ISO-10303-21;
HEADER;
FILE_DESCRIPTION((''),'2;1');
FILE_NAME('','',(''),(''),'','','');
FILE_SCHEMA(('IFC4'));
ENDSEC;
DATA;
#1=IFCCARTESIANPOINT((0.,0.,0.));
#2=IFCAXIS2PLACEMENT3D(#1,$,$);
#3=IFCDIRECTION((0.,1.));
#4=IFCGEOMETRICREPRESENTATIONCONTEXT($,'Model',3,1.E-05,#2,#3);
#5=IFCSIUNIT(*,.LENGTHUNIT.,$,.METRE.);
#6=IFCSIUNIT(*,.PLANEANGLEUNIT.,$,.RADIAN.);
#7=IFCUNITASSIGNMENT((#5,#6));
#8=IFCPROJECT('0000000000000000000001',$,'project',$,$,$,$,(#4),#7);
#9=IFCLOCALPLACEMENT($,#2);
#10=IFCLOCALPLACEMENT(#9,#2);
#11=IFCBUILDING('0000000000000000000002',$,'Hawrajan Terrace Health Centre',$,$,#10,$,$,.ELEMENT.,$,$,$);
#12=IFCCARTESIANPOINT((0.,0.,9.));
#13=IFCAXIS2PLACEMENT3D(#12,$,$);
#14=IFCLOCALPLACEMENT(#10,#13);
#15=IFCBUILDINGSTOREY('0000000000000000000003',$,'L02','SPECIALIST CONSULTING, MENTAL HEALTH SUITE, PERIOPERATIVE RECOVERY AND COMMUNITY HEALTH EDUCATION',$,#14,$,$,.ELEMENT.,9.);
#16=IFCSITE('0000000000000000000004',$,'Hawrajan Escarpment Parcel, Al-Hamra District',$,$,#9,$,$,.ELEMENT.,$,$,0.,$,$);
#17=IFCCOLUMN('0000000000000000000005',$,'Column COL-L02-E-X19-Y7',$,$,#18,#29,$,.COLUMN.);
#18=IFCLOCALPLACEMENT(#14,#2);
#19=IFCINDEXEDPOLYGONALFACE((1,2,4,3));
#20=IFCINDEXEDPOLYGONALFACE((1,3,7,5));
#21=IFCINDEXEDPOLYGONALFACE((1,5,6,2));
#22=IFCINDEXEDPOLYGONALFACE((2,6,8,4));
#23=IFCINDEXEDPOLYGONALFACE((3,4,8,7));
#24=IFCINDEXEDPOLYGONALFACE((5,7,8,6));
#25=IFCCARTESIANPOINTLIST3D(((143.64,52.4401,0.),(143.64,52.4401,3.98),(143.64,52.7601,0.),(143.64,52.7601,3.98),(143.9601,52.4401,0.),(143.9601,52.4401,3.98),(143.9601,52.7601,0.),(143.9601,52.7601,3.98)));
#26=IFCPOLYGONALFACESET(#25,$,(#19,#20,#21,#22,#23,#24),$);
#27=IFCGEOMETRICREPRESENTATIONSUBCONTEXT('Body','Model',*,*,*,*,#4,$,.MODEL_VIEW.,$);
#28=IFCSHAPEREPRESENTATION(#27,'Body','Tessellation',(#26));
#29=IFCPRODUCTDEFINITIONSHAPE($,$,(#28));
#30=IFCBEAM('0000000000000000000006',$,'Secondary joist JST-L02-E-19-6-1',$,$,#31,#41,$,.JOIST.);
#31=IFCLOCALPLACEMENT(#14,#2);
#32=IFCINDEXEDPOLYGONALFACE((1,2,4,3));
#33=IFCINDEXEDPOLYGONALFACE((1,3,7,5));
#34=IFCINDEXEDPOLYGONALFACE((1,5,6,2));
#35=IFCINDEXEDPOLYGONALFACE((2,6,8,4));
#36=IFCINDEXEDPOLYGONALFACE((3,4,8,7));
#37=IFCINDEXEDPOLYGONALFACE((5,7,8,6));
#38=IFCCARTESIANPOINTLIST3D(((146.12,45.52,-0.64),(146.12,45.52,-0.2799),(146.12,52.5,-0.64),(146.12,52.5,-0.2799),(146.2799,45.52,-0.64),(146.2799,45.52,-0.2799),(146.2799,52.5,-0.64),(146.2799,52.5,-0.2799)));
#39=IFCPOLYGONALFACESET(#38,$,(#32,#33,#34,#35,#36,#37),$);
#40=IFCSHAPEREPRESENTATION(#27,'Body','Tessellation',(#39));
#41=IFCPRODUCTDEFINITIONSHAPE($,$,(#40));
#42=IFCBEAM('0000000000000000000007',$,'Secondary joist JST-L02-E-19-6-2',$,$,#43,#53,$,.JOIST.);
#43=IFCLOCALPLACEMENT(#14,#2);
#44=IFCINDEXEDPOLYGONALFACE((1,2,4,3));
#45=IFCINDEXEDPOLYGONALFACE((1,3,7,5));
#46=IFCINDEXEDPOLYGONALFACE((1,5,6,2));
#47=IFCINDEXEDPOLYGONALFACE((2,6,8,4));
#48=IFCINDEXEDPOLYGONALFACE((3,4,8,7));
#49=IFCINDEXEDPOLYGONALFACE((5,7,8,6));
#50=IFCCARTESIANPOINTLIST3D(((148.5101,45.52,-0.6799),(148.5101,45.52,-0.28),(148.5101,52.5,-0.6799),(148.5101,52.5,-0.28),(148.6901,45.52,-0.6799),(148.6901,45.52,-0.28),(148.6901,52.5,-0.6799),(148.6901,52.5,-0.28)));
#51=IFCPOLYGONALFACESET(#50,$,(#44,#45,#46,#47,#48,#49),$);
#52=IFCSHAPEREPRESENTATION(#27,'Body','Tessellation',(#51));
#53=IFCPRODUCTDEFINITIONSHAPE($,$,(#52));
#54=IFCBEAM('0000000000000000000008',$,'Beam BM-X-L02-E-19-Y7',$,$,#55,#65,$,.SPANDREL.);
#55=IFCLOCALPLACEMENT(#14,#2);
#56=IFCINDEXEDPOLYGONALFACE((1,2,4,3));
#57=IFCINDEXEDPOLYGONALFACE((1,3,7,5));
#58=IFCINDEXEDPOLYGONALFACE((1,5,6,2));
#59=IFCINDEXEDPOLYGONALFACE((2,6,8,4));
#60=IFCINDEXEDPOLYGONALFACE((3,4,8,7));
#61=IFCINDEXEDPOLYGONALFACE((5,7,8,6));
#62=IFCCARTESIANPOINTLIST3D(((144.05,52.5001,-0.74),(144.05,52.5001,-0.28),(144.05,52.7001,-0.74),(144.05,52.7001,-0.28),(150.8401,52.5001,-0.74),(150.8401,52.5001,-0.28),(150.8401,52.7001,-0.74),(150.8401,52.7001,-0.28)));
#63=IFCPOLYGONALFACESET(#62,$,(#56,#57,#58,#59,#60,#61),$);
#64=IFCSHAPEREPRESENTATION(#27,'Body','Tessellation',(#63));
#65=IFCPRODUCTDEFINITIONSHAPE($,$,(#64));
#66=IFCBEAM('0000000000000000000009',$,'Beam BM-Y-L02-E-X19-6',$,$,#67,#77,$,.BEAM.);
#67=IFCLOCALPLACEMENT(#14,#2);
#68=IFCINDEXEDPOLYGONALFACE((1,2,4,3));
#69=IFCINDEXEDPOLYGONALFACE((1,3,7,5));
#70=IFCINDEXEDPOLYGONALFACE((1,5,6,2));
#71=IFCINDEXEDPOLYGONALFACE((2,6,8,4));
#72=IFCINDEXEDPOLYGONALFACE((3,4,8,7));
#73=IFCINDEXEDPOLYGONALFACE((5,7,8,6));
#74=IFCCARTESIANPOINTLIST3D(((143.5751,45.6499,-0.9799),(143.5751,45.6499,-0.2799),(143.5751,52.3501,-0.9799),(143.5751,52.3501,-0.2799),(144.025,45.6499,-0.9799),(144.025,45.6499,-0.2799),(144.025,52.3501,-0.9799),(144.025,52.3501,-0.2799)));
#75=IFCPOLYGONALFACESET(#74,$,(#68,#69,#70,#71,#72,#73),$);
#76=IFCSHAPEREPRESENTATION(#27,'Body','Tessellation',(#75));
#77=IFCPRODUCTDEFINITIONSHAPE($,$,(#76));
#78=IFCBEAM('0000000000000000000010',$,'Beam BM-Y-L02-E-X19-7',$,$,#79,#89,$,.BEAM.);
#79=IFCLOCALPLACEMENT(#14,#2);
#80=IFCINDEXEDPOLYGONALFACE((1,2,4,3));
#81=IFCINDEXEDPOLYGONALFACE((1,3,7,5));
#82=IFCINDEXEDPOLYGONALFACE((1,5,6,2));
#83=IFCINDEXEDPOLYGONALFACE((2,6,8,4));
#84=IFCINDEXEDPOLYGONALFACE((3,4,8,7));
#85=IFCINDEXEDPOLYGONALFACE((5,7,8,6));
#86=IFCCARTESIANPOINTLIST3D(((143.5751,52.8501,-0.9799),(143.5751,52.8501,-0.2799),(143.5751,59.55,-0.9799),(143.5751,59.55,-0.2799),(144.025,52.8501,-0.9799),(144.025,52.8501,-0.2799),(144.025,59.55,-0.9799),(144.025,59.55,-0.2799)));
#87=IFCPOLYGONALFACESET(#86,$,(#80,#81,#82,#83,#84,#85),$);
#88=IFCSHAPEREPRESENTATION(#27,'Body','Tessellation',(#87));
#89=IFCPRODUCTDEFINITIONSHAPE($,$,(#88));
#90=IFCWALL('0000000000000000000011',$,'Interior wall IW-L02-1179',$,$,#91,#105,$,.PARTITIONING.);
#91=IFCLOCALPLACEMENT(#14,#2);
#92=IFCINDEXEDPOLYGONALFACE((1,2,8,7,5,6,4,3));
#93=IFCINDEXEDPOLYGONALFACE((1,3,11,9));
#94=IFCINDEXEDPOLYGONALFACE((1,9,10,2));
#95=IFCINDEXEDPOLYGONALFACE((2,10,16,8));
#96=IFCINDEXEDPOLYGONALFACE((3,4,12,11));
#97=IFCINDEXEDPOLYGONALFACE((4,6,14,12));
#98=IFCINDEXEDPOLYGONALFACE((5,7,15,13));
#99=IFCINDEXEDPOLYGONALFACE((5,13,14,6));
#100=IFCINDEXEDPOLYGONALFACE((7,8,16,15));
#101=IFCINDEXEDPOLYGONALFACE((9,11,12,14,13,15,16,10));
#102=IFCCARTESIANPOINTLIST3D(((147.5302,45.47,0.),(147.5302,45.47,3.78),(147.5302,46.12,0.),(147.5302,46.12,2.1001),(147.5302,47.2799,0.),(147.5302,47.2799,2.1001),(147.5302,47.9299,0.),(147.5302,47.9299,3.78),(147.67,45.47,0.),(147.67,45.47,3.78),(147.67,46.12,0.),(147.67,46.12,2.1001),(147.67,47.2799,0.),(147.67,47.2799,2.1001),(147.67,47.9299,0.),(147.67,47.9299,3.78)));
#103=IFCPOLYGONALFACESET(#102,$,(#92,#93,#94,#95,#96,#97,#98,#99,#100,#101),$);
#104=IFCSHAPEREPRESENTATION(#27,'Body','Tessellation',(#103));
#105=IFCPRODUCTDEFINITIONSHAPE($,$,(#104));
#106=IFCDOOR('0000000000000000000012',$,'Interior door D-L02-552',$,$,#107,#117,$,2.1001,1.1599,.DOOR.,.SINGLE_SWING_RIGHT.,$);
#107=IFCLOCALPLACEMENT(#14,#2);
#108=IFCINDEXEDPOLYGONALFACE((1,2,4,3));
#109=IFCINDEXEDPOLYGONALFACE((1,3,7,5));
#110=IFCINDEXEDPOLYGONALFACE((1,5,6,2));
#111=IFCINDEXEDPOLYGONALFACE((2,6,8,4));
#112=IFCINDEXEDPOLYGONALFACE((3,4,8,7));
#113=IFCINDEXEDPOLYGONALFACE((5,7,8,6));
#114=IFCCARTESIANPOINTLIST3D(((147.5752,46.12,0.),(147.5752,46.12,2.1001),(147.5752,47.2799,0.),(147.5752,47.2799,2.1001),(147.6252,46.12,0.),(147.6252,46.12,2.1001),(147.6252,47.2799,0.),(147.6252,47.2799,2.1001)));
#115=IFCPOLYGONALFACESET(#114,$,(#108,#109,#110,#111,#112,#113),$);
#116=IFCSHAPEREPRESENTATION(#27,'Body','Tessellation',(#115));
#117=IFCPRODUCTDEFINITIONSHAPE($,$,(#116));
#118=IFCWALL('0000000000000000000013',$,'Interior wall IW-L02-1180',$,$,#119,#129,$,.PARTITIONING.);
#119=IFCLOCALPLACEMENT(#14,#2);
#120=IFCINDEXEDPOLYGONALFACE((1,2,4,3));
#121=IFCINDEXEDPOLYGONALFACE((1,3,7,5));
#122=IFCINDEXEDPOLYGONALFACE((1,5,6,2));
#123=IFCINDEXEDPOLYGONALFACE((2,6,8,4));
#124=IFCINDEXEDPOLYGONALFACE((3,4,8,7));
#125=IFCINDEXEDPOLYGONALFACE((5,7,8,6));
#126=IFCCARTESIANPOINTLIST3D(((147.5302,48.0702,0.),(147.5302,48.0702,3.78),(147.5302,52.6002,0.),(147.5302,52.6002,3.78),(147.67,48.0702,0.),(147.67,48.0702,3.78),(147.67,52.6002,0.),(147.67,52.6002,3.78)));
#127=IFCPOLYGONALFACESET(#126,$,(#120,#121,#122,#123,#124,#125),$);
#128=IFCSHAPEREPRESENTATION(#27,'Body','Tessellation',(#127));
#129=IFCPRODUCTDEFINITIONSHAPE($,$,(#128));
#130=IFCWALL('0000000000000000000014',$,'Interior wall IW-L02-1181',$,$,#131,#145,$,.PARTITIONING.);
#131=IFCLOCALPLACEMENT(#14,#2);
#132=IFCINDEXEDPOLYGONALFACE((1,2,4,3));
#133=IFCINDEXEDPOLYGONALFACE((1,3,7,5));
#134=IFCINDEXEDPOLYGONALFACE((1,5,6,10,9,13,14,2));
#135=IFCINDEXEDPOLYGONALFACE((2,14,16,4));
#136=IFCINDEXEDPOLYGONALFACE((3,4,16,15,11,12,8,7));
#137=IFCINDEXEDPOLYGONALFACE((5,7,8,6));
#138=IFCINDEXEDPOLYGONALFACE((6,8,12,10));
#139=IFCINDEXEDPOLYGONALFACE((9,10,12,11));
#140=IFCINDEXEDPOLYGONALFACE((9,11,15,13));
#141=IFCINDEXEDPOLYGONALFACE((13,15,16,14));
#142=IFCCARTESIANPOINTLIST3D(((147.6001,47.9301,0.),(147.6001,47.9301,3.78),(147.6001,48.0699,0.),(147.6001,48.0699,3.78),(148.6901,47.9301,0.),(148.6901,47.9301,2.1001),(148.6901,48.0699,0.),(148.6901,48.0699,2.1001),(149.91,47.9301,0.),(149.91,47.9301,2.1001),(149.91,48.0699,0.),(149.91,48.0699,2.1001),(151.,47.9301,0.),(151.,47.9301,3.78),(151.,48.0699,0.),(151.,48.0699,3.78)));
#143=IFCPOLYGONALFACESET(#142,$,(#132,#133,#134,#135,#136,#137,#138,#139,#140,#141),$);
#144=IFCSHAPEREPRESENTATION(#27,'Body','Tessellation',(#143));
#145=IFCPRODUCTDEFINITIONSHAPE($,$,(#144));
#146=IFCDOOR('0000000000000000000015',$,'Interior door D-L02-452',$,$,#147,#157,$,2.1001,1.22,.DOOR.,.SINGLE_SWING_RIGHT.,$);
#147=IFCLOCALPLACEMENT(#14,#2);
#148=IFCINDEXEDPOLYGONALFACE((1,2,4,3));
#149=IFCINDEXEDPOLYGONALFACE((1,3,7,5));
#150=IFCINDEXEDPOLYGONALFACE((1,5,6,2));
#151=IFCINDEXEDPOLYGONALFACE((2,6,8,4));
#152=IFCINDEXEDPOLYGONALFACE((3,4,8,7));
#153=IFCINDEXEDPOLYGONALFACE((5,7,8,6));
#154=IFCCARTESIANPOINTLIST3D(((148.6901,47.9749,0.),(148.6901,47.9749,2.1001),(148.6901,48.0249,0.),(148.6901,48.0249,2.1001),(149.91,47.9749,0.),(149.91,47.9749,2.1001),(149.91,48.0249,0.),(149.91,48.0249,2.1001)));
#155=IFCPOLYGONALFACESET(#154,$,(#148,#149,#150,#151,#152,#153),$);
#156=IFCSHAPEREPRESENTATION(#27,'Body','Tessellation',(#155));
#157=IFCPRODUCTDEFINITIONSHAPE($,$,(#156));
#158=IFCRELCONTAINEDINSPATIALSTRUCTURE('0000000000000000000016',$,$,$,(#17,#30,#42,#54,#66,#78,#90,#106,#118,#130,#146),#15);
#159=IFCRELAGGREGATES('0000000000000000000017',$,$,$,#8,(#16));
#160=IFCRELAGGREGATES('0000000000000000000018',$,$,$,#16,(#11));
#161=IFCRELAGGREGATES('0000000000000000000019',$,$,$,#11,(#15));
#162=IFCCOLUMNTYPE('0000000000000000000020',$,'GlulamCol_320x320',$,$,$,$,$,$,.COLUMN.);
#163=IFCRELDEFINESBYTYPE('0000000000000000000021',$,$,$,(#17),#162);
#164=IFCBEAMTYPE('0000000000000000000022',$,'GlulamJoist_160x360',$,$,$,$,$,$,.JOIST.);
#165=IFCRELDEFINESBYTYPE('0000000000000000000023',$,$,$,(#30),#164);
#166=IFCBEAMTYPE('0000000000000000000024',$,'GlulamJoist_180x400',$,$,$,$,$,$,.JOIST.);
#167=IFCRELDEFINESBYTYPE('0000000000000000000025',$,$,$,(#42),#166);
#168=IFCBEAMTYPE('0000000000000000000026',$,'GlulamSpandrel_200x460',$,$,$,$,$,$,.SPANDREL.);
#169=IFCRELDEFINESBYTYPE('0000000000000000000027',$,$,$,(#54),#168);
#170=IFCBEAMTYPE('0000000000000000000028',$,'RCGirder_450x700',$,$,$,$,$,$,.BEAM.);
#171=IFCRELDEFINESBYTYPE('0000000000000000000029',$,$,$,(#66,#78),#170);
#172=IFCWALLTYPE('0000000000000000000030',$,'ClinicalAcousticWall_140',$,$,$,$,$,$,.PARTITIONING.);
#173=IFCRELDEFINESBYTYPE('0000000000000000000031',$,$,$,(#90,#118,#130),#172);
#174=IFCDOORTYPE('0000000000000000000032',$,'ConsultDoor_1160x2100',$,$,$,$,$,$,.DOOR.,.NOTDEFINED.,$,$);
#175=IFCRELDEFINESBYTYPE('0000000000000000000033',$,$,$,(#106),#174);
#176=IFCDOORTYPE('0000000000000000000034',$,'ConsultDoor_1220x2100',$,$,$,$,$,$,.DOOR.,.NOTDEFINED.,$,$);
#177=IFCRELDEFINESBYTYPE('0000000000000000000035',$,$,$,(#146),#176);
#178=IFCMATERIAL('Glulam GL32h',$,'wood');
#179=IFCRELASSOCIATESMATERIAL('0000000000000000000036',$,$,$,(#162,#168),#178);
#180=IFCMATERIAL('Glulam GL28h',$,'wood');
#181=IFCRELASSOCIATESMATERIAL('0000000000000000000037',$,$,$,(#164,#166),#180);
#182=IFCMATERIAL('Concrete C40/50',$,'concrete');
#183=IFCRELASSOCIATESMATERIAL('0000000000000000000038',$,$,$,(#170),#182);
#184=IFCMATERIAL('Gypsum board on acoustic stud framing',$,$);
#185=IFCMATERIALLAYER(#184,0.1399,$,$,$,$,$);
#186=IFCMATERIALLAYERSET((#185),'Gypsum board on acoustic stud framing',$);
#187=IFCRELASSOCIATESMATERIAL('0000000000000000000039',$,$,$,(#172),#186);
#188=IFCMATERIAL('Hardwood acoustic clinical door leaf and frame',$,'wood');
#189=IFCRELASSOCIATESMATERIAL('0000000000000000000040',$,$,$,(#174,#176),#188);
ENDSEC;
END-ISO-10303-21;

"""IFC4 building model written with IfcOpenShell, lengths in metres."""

from ifc_helpers import new_model, si_unit, direction, frame, frame_2d, origin, origin_2d, place, context, subcontext, project, spatial, rectangle, extrude, material, layer, layer_set, material_profile, profile_set, type_object, element, fill, save


model = new_model("IFC4")

# Units and contexts
model_context = context("Model", 3, precision=1e-05, world=origin(), true_north=direction((0.0, 1.0)))
body_context = subcontext(model_context, "Body", "Model", "MODEL_VIEW")
ifc_project = project(units=[si_unit("LENGTHUNIT", "METRE"), si_unit("PLANEANGLEUNIT", "RADIAN")], contexts=[model_context])

# Site, building, storey
site_placement = place(None, origin())
site = spatial("IfcSite", under=ifc_project, at=site_placement, Name="Hawrajan Escarpment Parcel, Al-Hamra District", CompositionType="ELEMENT", RefElevation=0.0)
building_placement = place(site_placement, origin())
building = spatial("IfcBuilding", under=site, at=building_placement, Name="Hawrajan Terrace Health Centre", CompositionType="ELEMENT")
storey_placement = place(building_placement, frame((0.0, 0.0, 9.0)))
storey = spatial("IfcBuildingStorey", under=building, at=storey_placement, Name="L02", Description="SPECIALIST CONSULTING, MENTAL HEALTH SUITE, PERIOPERATIVE RECOVERY AND COMMUNITY HEALTH EDUCATION", CompositionType="ELEMENT", Elevation=9.0)

# Column
ifc_material_1 = material(Name="Glulam GL32h", Category="wood")
ifc_material_profile_1 = material_profile(ifc_material_1, rectangle(XDim=0.3201, YDim=0.3201, at=origin_2d()), Name="GL 320x320")
ifc_profile_set_1 = profile_set([ifc_material_profile_1], Name="Glulam GL32h")
column_type = type_object("IfcColumnType", Name="GlulamCol_320x320", PredefinedType="COLUMN", material=ifc_profile_set_1)
column_placement = place(storey_placement, frame((143.8, 52.6001, 0.0), z_axis=(0.0, 0.0, 1.0), x_axis=(1.0, 0.0, 0.0)))
element("IfcColumn", 1, at=column_placement, inside=storey, type_object=column_type, Name="Column COL-L02-E-X19-Y7", PredefinedType="COLUMN", context=body_context, shape_type="SweptSolid", body=[
    extrude(rectangle(XDim=0.3201, YDim=0.3201, at=origin_2d()), origin(), (0.0, 0.0, 1.0), 3.98),
])

# Beams
ifc_material_2 = material(Name="Glulam GL28h", Category="wood")
ifc_material_profile_2 = material_profile(ifc_material_2, rectangle(XDim=0.1599, YDim=0.3601, at=origin_2d()), Name="GL JST 160x360")
ifc_profile_set_2 = profile_set([ifc_material_profile_2], Name="Glulam GL28h")
beam_type_1 = type_object("IfcBeamType", Name="GlulamJoist_160x360", PredefinedType="JOIST", material=ifc_profile_set_2)
beam_1_placement = place(storey_placement, frame((146.2, 45.52, -0.46), z_axis=(0.0, 1.0, 0.0), x_axis=(-1.0, 0.0, 0.0)))
element("IfcBeam", 2, at=beam_1_placement, inside=storey, type_object=beam_type_1, Name="Secondary joist JST-L02-E-19-6-1", PredefinedType="JOIST", context=body_context, shape_type="SweptSolid", body=[
    extrude(rectangle(XDim=0.1599, YDim=0.3601, at=origin_2d()), origin(), (0.0, 0.0, 1.0), 6.98),
])
ifc_material_profile_3 = material_profile(ifc_material_2, rectangle(XDim=0.1799, YDim=0.3999, at=origin_2d()), Name="GL JST 180x400")
ifc_profile_set_3 = profile_set([ifc_material_profile_3], Name="Glulam GL28h")
beam_type_2 = type_object("IfcBeamType", Name="GlulamJoist_180x400", PredefinedType="JOIST", material=ifc_profile_set_3)
beam_2_placement = place(storey_placement, frame((148.6001, 45.52, -0.48), z_axis=(0.0, 1.0, 0.0), x_axis=(-1.0, 0.0, 0.0)))
element("IfcBeam", 3, at=beam_2_placement, inside=storey, type_object=beam_type_2, Name="Secondary joist JST-L02-E-19-6-2", PredefinedType="JOIST", context=body_context, shape_type="SweptSolid", body=[
    extrude(rectangle(XDim=0.1799, YDim=0.3999, at=origin_2d()), origin(), (0.0, 0.0, 1.0), 6.98),
])
ifc_material_profile_4 = material_profile(ifc_material_1, rectangle(XDim=0.2, YDim=0.46, at=origin_2d()), Name="GL SP 200x460")
ifc_profile_set_4 = profile_set([ifc_material_profile_4], Name="Glulam GL32h")
beam_type_3 = type_object("IfcBeamType", Name="GlulamSpandrel_200x460", PredefinedType="SPANDREL", material=ifc_profile_set_4)
beam_3_placement = place(storey_placement, frame((144.05, 52.6001, -0.51), z_axis=(1.0, 0.0, 0.0), x_axis=(0.0, 1.0, 0.0)))
element("IfcBeam", 4, at=beam_3_placement, inside=storey, type_object=beam_type_3, Name="Beam BM-X-L02-E-19-Y7", PredefinedType="SPANDREL", context=body_context, shape_type="SweptSolid", body=[
    extrude(rectangle(XDim=0.2, YDim=0.46, at=origin_2d()), origin(), (0.0, 0.0, 1.0), 6.79),
])
ifc_material_3 = material(Name="Concrete C40/50", Category="concrete")
ifc_material_profile_5 = material_profile(ifc_material_3, rectangle(XDim=0.45, YDim=0.7, at=origin_2d()), Name="RC BM 450x700")
ifc_profile_set_5 = profile_set([ifc_material_profile_5], Name="Concrete C40/50")
beam_type_4 = type_object("IfcBeamType", Name="RCGirder_450x700", PredefinedType="BEAM", material=ifc_profile_set_5)
beam_4_placement = place(storey_placement, frame((143.8, 45.6499, -0.6299), z_axis=(0.0, 1.0, 0.0), x_axis=(-1.0, 0.0, 0.0)))
element("IfcBeam", 5, at=beam_4_placement, inside=storey, type_object=beam_type_4, Name="Beam BM-Y-L02-E-X19-6", PredefinedType="BEAM", context=body_context, shape_type="SweptSolid", body=[
    extrude(rectangle(XDim=0.45, YDim=0.7, at=origin_2d()), origin(), (0.0, 0.0, 1.0), 6.7002),
])
beam_5_placement = place(storey_placement, frame((143.8, 52.8501, -0.6299), z_axis=(0.0, 1.0, 0.0), x_axis=(-1.0, 0.0, 0.0)))
element("IfcBeam", 6, at=beam_5_placement, inside=storey, type_object=beam_type_4, Name="Beam BM-Y-L02-E-X19-7", PredefinedType="BEAM", context=body_context, shape_type="SweptSolid", body=[
    extrude(rectangle(XDim=0.45, YDim=0.7, at=origin_2d()), origin(), (0.0, 0.0, 1.0), 6.7),
])

# Wall, opening, door
ifc_material_4 = material(Name="Gypsum board on acoustic stud framing")
ifc_layer_1 = layer(ifc_material_4, 0.1399)
ifc_layer_set_1 = layer_set([ifc_layer_1], Name="Gypsum board on acoustic stud framing")
wall_type_1 = type_object("IfcWallType", Name="ClinicalAcousticWall_140", PredefinedType="PARTITIONING", material=ifc_layer_set_1)
wall_1_placement = place(storey_placement, frame((147.6001, 45.47, 0.0), z_axis=(0.0, 0.0, 1.0), x_axis=(0.0, 1.0, 0.0)))
wall_1 = element("IfcWall", 7, at=wall_1_placement, inside=storey, type_object=wall_type_1, Name="Interior wall IW-L02-1179", PredefinedType="PARTITIONING", context=body_context, shape_type="SweptSolid", body=[
    extrude(rectangle(XDim=2.46, YDim=0.1399, at=frame_2d((1.23, 0.0))), origin(), (0.0, 0.0, 1.0), 3.78),
])
opening_1_placement = place(wall_1_placement, frame((0.6499, 0.0, 0.0)))
opening_1 = element("IfcOpeningElement", 8, at=opening_1_placement, cuts=wall_1, PredefinedType="OPENING", context=body_context, shape_type="SweptSolid", body=[
    extrude(rectangle(XDim=1.1599, YDim=2.1001, at=frame_2d((0.5801, 1.05))), frame((0.0, 0.0798, 0.0), z_axis=(0.0, -1.0, 0.0), x_axis=(1.0, 0.0, 0.0)), (0.0, 0.0, 1.0), 0.1599),
])
ifc_material_5 = material(Name="Hardwood acoustic clinical door leaf and frame", Category="wood")
door_type_1 = type_object("IfcDoorType", Name="ConsultDoor_1160x2100", OperationType="NOTDEFINED", PredefinedType="DOOR", material=ifc_material_5)
door_1_placement = place(opening_1_placement, origin())
door_1 = element("IfcDoor", 9, at=door_1_placement, inside=storey, type_object=door_type_1, Name="Interior door D-L02-552", OperationType="SINGLE_SWING_RIGHT", OverallHeight=2.1001, OverallWidth=1.1599, PredefinedType="DOOR", context=body_context, shape_type="SweptSolid", body=[
    extrude(rectangle(XDim=1.1599, YDim=2.1001, at=frame_2d((0.5801, 1.05))), frame((0.0, 0.0249, 0.0), z_axis=(0.0, -1.0, 0.0), x_axis=(1.0, 0.0, 0.0)), (0.0, 0.0, 1.0), 0.05),
])
fill(opening_1, door_1)

# Wall
wall_2_placement = place(storey_placement, frame((147.6001, 48.0701, 0.0), z_axis=(0.0, 0.0, 1.0), x_axis=(0.0, 1.0, 0.0)))
element("IfcWall", 10, at=wall_2_placement, inside=storey, type_object=wall_type_1, Name="Interior wall IW-L02-1180", PredefinedType="PARTITIONING", context=body_context, shape_type="SweptSolid", body=[
    extrude(rectangle(XDim=4.53, YDim=0.1399, at=frame_2d((2.2651, 0.0))), origin(), (0.0, 0.0, 1.0), 3.78),
])

# Wall, opening, door
wall_3_placement = place(storey_placement, frame((147.6001, 48.0, 0.0), z_axis=(0.0, 0.0, 1.0), x_axis=(1.0, 0.0, 0.0)))
wall_3 = element("IfcWall", 11, at=wall_3_placement, inside=storey, type_object=wall_type_1, Name="Interior wall IW-L02-1181", PredefinedType="PARTITIONING", context=body_context, shape_type="SweptSolid", body=[
    extrude(rectangle(XDim=3.3999, YDim=0.1399, at=frame_2d((1.7, 0.0))), origin(), (0.0, 0.0, 1.0), 3.78),
])
opening_2_placement = place(wall_3_placement, frame((1.0901, 0.0, 0.0)))
opening_2 = element("IfcOpeningElement", 12, at=opening_2_placement, cuts=wall_3, PredefinedType="OPENING", context=body_context, shape_type="SweptSolid", body=[
    extrude(rectangle(XDim=1.22, YDim=2.1001, at=frame_2d((0.6099, 1.05))), frame((0.0, 0.0798, 0.0), z_axis=(0.0, -1.0, 0.0), x_axis=(1.0, 0.0, 0.0)), (0.0, 0.0, 1.0), 0.1599),
])
door_type_2 = type_object("IfcDoorType", Name="ConsultDoor_1220x2100", OperationType="NOTDEFINED", PredefinedType="DOOR", material=ifc_material_5)
door_2_placement = place(opening_2_placement, origin())
door_2 = element("IfcDoor", 13, at=door_2_placement, inside=storey, type_object=door_type_2, Name="Interior door D-L02-452", OperationType="SINGLE_SWING_RIGHT", OverallHeight=2.1001, OverallWidth=1.22, PredefinedType="DOOR", context=body_context, shape_type="SweptSolid", body=[
    extrude(rectangle(XDim=1.22, YDim=2.1001, at=frame_2d((0.6099, 1.05))), frame((0.0, 0.0249, 0.0), z_axis=(0.0, -1.0, 0.0), x_axis=(1.0, 0.0, 0.0)), (0.0, 0.0, 1.0), 0.05),
])
fill(opening_2, door_2)

save(model, "model.ifc")
